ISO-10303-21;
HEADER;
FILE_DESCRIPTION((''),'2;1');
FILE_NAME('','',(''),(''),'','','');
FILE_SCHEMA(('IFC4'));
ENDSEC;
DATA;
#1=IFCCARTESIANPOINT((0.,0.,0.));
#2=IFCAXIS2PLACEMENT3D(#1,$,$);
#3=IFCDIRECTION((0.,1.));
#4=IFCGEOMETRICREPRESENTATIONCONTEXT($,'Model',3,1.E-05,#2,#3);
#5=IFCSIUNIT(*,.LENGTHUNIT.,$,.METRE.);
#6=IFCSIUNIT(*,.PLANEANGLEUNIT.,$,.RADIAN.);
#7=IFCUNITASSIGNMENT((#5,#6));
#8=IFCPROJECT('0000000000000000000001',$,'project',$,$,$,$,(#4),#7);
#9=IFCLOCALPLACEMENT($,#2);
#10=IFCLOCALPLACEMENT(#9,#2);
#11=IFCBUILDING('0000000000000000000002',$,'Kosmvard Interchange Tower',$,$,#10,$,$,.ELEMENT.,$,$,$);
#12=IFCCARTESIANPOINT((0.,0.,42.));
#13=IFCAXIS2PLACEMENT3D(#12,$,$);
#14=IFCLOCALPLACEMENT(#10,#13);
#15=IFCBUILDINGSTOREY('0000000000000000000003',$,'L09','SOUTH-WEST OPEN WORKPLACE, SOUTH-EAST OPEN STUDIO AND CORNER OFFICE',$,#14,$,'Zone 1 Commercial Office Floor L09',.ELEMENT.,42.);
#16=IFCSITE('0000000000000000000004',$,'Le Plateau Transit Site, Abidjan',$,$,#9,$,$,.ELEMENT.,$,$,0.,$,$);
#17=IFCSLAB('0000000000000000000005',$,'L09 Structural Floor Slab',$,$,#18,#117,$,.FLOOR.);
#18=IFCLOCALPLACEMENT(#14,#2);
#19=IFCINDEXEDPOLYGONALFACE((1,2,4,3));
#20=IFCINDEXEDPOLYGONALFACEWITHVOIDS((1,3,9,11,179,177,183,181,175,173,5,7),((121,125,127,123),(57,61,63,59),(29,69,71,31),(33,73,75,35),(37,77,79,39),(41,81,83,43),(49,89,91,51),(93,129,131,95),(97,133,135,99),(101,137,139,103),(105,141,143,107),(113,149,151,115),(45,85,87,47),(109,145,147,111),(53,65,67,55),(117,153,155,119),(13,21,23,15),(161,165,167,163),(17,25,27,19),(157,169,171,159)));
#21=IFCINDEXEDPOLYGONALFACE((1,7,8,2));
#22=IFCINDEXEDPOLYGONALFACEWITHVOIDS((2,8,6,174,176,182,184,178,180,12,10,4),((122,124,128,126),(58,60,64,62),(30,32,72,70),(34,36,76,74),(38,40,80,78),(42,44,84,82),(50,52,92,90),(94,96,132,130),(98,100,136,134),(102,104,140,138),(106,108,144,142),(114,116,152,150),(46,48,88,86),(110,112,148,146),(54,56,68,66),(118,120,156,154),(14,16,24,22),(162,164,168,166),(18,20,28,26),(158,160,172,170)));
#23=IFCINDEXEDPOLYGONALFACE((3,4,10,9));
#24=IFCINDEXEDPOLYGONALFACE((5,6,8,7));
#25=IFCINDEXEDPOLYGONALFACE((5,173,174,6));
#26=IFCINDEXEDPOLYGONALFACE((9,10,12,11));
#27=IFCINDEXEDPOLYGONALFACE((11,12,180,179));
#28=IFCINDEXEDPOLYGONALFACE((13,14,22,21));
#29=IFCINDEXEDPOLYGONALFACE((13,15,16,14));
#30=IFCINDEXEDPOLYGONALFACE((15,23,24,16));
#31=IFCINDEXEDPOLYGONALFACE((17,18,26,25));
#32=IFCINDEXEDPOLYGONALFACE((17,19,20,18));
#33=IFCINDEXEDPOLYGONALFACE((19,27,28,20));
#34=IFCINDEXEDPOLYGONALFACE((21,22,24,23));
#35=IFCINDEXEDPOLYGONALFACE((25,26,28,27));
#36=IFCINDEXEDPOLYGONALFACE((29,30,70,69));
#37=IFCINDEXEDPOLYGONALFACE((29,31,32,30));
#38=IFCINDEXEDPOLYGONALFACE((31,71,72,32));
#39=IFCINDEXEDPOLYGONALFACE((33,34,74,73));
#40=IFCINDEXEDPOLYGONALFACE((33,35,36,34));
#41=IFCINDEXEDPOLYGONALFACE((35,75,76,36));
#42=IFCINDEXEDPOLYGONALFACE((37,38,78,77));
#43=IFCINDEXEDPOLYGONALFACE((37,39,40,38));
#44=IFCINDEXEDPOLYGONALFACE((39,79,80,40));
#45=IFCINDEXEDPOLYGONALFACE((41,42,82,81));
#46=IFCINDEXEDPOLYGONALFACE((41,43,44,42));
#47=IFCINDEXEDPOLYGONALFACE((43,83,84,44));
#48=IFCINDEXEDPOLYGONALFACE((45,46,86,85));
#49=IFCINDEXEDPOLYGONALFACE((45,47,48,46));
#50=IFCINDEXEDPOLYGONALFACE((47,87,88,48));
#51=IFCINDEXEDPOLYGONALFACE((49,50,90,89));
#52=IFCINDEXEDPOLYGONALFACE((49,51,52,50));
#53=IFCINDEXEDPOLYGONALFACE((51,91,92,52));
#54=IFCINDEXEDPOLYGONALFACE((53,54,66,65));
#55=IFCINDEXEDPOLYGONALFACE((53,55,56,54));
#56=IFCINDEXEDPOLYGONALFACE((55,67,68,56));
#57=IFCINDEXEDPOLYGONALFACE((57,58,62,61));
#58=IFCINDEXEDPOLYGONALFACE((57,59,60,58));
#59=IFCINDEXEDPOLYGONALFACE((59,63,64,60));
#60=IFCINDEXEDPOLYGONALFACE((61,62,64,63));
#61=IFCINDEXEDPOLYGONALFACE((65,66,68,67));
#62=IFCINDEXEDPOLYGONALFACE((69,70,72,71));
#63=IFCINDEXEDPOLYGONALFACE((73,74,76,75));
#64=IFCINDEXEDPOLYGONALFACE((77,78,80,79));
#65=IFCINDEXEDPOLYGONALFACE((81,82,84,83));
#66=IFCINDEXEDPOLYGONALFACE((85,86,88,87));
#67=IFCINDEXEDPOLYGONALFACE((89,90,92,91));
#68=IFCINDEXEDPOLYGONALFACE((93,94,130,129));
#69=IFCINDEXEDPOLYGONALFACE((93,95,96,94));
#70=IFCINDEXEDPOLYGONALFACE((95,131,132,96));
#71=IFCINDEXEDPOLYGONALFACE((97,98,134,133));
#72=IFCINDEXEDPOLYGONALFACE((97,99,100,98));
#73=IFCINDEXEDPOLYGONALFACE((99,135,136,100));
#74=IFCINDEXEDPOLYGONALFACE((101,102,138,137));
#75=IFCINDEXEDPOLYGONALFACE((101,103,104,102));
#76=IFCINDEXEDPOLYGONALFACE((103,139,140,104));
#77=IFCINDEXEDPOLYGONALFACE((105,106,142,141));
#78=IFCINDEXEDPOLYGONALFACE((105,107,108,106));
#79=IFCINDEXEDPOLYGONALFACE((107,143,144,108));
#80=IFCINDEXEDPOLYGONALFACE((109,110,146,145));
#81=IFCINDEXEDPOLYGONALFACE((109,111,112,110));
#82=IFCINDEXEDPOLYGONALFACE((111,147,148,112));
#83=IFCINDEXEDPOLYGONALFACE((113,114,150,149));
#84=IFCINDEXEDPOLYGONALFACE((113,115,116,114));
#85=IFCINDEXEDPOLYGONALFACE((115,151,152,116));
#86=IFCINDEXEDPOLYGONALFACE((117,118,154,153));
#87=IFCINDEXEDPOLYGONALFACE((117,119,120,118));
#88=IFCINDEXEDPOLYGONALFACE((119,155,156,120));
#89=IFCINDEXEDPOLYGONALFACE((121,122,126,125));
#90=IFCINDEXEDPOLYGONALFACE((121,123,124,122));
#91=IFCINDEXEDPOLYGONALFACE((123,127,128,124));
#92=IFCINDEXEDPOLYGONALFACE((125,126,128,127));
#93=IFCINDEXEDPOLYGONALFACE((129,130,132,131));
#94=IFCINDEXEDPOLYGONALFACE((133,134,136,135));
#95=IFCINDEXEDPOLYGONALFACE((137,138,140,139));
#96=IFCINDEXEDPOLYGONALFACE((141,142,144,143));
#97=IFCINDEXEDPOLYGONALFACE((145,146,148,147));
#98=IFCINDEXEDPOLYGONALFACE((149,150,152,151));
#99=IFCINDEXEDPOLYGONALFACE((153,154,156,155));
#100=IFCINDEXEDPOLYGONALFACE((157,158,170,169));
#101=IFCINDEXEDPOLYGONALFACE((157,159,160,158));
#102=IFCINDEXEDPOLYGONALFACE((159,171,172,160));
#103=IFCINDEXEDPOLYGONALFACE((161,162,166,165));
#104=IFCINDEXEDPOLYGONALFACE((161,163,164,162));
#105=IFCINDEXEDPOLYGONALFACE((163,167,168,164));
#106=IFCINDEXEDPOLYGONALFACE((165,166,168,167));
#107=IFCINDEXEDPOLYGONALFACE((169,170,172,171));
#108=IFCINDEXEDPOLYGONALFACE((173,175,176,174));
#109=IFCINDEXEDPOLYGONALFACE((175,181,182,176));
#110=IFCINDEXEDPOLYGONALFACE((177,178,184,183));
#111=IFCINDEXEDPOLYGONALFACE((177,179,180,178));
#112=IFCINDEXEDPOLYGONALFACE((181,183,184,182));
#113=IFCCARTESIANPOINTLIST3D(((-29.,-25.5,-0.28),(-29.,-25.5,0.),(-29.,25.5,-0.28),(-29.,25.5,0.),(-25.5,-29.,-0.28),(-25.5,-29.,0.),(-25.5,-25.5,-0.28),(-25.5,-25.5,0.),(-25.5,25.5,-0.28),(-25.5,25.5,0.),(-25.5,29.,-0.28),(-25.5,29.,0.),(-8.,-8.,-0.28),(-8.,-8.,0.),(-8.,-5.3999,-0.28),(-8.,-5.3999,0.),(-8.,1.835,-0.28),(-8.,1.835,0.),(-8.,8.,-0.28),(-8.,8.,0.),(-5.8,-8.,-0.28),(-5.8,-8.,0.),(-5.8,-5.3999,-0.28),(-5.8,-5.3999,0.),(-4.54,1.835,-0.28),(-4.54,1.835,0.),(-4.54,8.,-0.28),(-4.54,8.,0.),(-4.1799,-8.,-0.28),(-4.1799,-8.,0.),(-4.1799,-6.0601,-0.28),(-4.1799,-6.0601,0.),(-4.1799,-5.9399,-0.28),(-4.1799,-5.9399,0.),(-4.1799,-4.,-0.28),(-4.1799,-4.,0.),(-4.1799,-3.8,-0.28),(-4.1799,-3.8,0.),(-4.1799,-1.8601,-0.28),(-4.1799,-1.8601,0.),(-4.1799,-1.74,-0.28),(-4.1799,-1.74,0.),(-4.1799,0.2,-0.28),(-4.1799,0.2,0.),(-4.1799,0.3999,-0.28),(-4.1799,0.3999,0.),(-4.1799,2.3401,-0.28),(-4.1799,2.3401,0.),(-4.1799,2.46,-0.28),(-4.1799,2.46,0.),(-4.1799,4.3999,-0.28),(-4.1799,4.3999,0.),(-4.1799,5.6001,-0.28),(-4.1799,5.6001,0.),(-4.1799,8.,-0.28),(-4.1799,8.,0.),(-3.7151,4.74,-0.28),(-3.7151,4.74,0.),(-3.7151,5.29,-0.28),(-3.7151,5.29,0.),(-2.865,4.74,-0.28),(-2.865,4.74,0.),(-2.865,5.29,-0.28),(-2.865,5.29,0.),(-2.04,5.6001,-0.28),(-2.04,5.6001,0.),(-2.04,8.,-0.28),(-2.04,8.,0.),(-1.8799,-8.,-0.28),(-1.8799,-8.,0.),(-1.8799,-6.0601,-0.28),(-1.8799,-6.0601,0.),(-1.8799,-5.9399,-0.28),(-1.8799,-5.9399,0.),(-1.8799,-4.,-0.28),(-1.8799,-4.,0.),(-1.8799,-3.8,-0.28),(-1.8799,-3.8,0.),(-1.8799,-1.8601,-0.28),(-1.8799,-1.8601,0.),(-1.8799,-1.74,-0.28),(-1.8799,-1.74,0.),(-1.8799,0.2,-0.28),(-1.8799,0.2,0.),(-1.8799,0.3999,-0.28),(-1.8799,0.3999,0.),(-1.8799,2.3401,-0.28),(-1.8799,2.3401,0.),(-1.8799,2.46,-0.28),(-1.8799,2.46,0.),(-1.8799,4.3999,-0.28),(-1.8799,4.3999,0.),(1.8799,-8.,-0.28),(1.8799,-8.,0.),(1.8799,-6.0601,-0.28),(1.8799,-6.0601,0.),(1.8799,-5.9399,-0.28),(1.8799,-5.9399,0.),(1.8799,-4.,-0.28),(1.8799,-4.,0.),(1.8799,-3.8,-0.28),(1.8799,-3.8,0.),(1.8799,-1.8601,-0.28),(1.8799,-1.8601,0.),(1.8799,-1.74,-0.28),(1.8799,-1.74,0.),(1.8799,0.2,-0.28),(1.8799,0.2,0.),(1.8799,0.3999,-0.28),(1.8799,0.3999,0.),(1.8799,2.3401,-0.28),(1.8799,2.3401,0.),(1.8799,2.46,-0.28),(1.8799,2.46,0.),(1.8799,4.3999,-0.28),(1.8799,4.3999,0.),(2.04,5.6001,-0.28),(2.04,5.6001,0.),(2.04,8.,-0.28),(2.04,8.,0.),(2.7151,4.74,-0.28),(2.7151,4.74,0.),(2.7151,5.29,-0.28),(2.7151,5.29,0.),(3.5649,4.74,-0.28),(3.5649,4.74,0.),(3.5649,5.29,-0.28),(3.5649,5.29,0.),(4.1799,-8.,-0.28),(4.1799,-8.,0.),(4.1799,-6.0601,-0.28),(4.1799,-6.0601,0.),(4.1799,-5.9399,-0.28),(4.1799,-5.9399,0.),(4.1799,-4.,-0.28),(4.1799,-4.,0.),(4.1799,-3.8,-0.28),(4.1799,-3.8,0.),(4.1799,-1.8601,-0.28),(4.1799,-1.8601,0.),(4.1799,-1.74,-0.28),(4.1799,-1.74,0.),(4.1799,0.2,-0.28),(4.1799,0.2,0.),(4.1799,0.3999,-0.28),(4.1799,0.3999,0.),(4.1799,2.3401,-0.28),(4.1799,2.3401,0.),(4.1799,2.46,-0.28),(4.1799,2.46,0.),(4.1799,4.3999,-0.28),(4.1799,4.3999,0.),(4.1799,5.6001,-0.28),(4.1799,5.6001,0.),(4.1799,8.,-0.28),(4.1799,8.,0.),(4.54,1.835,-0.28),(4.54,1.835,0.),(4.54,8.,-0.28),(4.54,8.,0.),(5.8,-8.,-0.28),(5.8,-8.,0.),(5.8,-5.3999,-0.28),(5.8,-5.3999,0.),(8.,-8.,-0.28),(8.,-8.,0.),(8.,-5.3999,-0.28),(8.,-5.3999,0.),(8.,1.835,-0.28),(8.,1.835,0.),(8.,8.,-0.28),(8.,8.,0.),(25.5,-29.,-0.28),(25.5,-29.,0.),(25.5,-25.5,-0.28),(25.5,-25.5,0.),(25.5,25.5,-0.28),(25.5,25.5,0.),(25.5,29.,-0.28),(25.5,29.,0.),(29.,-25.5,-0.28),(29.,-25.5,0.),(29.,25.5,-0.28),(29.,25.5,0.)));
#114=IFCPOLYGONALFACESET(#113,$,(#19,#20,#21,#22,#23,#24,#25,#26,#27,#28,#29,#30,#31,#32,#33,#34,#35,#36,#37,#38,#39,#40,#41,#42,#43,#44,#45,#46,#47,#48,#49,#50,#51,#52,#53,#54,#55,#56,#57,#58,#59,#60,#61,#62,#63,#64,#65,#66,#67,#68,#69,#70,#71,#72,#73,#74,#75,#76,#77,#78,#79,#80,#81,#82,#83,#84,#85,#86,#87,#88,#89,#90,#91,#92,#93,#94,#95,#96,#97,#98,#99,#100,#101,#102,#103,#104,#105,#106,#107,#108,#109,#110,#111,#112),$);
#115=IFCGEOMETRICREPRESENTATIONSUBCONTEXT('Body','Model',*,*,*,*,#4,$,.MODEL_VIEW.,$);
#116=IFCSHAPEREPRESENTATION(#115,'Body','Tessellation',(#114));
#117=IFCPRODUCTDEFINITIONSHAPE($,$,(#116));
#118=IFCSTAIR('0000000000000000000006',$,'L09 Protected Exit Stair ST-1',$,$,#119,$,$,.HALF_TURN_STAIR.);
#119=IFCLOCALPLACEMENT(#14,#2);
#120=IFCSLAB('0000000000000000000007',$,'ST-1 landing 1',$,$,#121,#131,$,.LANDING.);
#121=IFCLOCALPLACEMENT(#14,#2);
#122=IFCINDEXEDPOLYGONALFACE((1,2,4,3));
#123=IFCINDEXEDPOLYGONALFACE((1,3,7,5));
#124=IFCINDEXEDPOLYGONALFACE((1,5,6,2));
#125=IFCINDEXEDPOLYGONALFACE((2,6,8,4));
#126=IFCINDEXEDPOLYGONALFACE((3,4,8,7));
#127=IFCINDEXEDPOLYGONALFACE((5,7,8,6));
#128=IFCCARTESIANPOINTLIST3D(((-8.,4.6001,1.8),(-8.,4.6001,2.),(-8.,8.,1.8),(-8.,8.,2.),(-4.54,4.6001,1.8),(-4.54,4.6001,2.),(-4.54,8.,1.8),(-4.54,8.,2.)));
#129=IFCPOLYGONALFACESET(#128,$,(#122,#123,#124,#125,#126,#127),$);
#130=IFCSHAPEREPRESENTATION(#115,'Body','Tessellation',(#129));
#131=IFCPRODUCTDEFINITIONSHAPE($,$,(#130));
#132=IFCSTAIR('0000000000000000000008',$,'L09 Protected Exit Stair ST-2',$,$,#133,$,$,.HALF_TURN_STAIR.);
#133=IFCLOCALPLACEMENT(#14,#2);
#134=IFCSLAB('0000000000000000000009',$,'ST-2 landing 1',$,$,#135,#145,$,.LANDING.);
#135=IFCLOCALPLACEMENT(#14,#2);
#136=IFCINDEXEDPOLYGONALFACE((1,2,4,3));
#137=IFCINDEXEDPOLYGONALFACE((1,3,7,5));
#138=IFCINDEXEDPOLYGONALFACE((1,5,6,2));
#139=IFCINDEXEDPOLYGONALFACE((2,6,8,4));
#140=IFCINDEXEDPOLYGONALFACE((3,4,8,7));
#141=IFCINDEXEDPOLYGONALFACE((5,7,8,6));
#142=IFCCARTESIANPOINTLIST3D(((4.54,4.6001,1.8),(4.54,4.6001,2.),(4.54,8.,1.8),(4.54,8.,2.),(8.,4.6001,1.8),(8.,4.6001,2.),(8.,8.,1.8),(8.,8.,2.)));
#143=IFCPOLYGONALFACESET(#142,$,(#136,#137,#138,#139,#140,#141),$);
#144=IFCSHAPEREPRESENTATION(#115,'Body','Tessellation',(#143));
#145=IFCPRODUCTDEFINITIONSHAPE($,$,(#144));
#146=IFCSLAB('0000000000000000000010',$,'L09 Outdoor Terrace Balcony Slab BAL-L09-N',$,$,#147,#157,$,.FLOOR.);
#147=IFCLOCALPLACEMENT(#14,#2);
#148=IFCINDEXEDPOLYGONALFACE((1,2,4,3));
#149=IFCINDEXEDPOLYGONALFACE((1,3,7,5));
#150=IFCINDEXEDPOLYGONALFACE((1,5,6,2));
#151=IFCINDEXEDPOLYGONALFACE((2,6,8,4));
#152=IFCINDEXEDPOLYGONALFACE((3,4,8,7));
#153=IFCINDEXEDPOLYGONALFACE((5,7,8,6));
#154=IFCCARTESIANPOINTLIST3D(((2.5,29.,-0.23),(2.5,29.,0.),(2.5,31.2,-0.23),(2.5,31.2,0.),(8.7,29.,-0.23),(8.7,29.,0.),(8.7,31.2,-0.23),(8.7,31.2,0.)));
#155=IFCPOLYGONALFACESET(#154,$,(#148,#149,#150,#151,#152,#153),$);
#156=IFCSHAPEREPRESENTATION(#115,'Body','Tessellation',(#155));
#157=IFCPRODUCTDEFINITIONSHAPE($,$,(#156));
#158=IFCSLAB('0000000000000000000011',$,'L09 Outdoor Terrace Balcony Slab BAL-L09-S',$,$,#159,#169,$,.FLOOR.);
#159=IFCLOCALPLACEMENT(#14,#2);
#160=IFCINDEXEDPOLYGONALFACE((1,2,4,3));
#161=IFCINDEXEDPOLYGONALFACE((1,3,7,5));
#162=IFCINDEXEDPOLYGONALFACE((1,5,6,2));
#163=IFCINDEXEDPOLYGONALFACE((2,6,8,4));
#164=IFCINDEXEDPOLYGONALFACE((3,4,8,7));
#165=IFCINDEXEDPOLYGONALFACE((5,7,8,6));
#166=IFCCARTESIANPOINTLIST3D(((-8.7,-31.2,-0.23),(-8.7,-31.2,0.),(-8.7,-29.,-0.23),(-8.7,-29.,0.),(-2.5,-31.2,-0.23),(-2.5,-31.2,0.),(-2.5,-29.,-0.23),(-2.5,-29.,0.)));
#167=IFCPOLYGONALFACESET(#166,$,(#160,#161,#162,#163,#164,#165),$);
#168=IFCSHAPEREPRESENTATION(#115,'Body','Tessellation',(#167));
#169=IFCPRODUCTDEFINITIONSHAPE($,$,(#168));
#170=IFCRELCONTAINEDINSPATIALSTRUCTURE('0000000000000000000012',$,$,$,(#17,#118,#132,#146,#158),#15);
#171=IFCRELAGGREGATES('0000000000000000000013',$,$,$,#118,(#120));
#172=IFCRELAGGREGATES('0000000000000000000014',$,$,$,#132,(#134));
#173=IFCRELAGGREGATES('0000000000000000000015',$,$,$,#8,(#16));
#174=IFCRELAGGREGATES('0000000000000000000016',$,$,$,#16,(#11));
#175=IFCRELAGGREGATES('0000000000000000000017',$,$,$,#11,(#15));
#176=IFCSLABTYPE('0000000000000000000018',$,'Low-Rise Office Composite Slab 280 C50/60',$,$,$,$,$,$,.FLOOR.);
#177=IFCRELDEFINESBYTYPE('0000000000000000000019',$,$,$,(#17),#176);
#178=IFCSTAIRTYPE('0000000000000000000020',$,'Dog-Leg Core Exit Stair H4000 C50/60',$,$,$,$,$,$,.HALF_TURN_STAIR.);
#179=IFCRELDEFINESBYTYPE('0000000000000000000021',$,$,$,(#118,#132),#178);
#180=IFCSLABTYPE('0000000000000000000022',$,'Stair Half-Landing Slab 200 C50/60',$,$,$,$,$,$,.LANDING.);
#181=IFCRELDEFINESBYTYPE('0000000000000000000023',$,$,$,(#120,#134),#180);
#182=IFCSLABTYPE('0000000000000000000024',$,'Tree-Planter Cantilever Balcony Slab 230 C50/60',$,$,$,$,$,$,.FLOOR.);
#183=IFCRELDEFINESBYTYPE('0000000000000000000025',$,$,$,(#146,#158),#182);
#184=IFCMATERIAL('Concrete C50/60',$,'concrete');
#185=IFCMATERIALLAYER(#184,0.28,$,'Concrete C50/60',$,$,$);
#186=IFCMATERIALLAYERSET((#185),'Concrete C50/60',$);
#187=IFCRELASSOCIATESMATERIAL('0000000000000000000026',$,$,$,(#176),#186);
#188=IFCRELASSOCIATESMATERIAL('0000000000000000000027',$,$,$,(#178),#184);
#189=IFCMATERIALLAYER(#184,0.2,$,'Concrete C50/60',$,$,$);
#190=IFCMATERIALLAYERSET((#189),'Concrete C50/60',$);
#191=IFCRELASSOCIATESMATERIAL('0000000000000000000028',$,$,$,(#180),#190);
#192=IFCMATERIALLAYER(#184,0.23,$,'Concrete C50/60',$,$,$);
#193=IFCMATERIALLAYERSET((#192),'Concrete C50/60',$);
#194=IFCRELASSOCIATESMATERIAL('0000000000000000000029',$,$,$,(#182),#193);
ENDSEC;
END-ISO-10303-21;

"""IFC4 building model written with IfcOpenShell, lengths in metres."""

from ifc_helpers import new_model, si_unit, direction, frame, origin, place, context, subcontext, project, spatial, polyline, outline, extrude, material, layer, layer_set, type_object, element, aggregate, save


model = new_model("IFC4")

# Units and contexts
model_context = context("Model", 3, precision=1e-05, world=origin(), true_north=direction((0.0, 1.0)))
body_context = subcontext(model_context, "Body", "Model", "MODEL_VIEW")
ifc_project = project(units=[si_unit("LENGTHUNIT", "METRE"), si_unit("PLANEANGLEUNIT", "RADIAN")], contexts=[model_context])

# Site, building, storey
site_placement = place(None, origin())
site = spatial("IfcSite", under=ifc_project, at=site_placement, Name="Le Plateau Transit Site, Abidjan", CompositionType="ELEMENT", RefElevation=0.0)
building_placement = place(site_placement, origin())
building = spatial("IfcBuilding", under=site, at=building_placement, Name="Kosmvard Interchange Tower", CompositionType="ELEMENT")
storey_placement = place(building_placement, frame((0.0, 0.0, 42.0)))
storey = spatial("IfcBuildingStorey", under=building, at=storey_placement, Name="L09", Description="SOUTH-WEST OPEN WORKPLACE, SOUTH-EAST OPEN STUDIO AND CORNER OFFICE", LongName="Zone 1 Commercial Office Floor L09", CompositionType="ELEMENT", Elevation=42.0)

# Slab
ifc_material_1 = material(Name="Concrete C50/60", Category="concrete")
ifc_layer_1 = layer(ifc_material_1, 0.28, Name="Concrete C50/60")
ifc_layer_set_1 = layer_set([ifc_layer_1], Name="Concrete C50/60")
slab_type_1 = type_object("IfcSlabType", Name="Low-Rise Office Composite Slab 280 C50/60", PredefinedType="FLOOR", material=ifc_layer_set_1)
slab_1_placement = place(storey_placement, frame((0.0, 0.0, -0.28)))
element("IfcSlab", 1, at=slab_1_placement, inside=storey, type_object=slab_type_1, Name="L09 Structural Floor Slab", PredefinedType="FLOOR", context=body_context, shape_type="SweptSolid", body=[
    extrude(outline(polyline([(-25.5, -29.0), (25.5, -29.0), (25.5, -25.5), (29.0, -25.5), (29.0, 25.5), (25.5, 25.5), (25.5, 29.0), (-25.5, 29.0), (-25.5, 25.5), (-29.0, 25.5), (-29.0, -25.5), (-25.5, -25.5), (-25.5, -29.0)]), holes=[polyline([(-8.0, 1.835), (-4.54, 1.835), (-4.54, 8.0), (-8.0, 8.0), (-8.0, 1.835)]), polyline([(4.54, 1.835), (8.0, 1.835), (8.0, 8.0), (4.54, 8.0), (4.54, 1.835)]), polyline([(-8.0, -8.0), (-5.8, -8.0), (-5.8, -5.3999), (-8.0, -5.3999), (-8.0, -8.0)]), polyline([(5.8, -8.0), (8.0, -8.0), (8.0, -5.3999), (5.8, -5.3999), (5.8, -8.0)]), polyline([(-4.1799, -8.0), (-1.8799, -8.0), (-1.8799, -6.0601), (-4.1799, -6.0601), (-4.1799, -8.0)]), polyline([(-4.1799, -5.9399), (-1.8799, -5.9399), (-1.8799, -4.0), (-4.1799, -4.0), (-4.1799, -5.9399)]), polyline([(1.8799, -8.0), (4.1799, -8.0), (4.1799, -6.0601), (1.8799, -6.0601), (1.8799, -8.0)]), polyline([(1.8799, -5.9399), (4.1799, -5.9399), (4.1799, -4.0), (1.8799, -4.0), (1.8799, -5.9399)]), polyline([(-4.1799, -3.8), (-1.8799, -3.8), (-1.8799, -1.8601), (-4.1799, -1.8601), (-4.1799, -3.8)]), polyline([(-4.1799, -1.74), (-1.8799, -1.74), (-1.8799, 0.2), (-4.1799, 0.2), (-4.1799, -1.74)]), polyline([(1.8799, -3.8), (4.1799, -3.8), (4.1799, -1.8601), (1.8799, -1.8601), (1.8799, -3.8)]), polyline([(1.8799, -1.74), (4.1799, -1.74), (4.1799, 0.2), (1.8799, 0.2), (1.8799, -1.74)]), polyline([(-4.1799, 0.3999), (-1.8799, 0.3999), (-1.8799, 2.3401), (-4.1799, 2.3401), (-4.1799, 0.3999)]), polyline([(-4.1799, 2.46), (-1.8799, 2.46), (-1.8799, 4.3999), (-4.1799, 4.3999), (-4.1799, 2.46)]), polyline([(1.8799, 0.3999), (4.1799, 0.3999), (4.1799, 2.3401), (1.8799, 2.3401), (1.8799, 0.3999)]), polyline([(1.8799, 2.46), (4.1799, 2.46), (4.1799, 4.3999), (1.8799, 4.3999), (1.8799, 2.46)]), polyline([(-4.1799, 5.6001), (-2.04, 5.6001), (-2.04, 8.0), (-4.1799, 8.0), (-4.1799, 5.6001)]), polyline([(2.04, 5.6001), (4.1799, 5.6001), (4.1799, 8.0), (2.04, 8.0), (2.04, 5.6001)]), polyline([(-3.7151, 4.74), (-2.865, 4.74), (-2.865, 5.29), (-3.7151, 5.29), (-3.7151, 4.74)]), polyline([(2.7151, 4.74), (3.5649, 4.74), (3.5649, 5.29), (2.7151, 5.29), (2.7151, 4.74)])]), origin(), (0.0, 0.0, 1.0), 0.28),
])

# Stairs, slabs
stair_type = type_object("IfcStairType", Name="Dog-Leg Core Exit Stair H4000 C50/60", PredefinedType="HALF_TURN_STAIR", material=ifc_material_1)
stair_1_placement = place(storey_placement, origin())
stair_1 = element("IfcStair", 2, at=stair_1_placement, inside=storey, type_object=stair_type, Name="L09 Protected Exit Stair ST-1", PredefinedType="HALF_TURN_STAIR")
ifc_layer_2 = layer(ifc_material_1, 0.2, Name="Concrete C50/60")
ifc_layer_set_2 = layer_set([ifc_layer_2], Name="Concrete C50/60")
slab_type_2 = type_object("IfcSlabType", Name="Stair Half-Landing Slab 200 C50/60", PredefinedType="LANDING", material=ifc_layer_set_2)
slab_2_placement = place(storey_placement, frame((0.0, 0.0, 1.8)))
slab_2 = element("IfcSlab", 3, at=slab_2_placement, type_object=slab_type_2, Name="ST-1 landing 1", PredefinedType="LANDING", context=body_context, shape_type="SweptSolid", body=[
    extrude(outline(polyline([(-4.54, 4.6001), (-4.54, 8.0), (-8.0, 8.0), (-8.0, 4.6001), (-4.54, 4.6001)])), origin(), (0.0, 0.0, 1.0), 0.2),
])
aggregate(stair_1, [slab_2])
stair_2_placement = place(storey_placement, origin())
stair_2 = element("IfcStair", 4, at=stair_2_placement, inside=storey, type_object=stair_type, Name="L09 Protected Exit Stair ST-2", PredefinedType="HALF_TURN_STAIR")
slab_3_placement = place(storey_placement, frame((0.0, 0.0, 1.8)))
slab_3 = element("IfcSlab", 5, at=slab_3_placement, type_object=slab_type_2, Name="ST-2 landing 1", PredefinedType="LANDING", context=body_context, shape_type="SweptSolid", body=[
    extrude(outline(polyline([(8.0, 4.6001), (8.0, 8.0), (4.54, 8.0), (4.54, 4.6001), (8.0, 4.6001)])), origin(), (0.0, 0.0, 1.0), 0.2),
])
aggregate(stair_2, [slab_3])

# Slabs
ifc_layer_3 = layer(ifc_material_1, 0.23, Name="Concrete C50/60")
ifc_layer_set_3 = layer_set([ifc_layer_3], Name="Concrete C50/60")
slab_type_3 = type_object("IfcSlabType", Name="Tree-Planter Cantilever Balcony Slab 230 C50/60", PredefinedType="FLOOR", material=ifc_layer_set_3)
slab_4_placement = place(storey_placement, frame((0.0, 0.0, -0.23)))
element("IfcSlab", 6, at=slab_4_placement, inside=storey, type_object=slab_type_3, Name="L09 Outdoor Terrace Balcony Slab BAL-L09-N", PredefinedType="FLOOR", context=body_context, shape_type="SweptSolid", body=[
    extrude(outline(polyline([(2.5, 29.0), (8.7, 29.0), (8.7, 31.2), (2.5, 31.2), (2.5, 29.0)])), origin(), (0.0, 0.0, 1.0), 0.23),
])
slab_5_placement = place(storey_placement, frame((0.0, 0.0, -0.23)))
element("IfcSlab", 7, at=slab_5_placement, inside=storey, type_object=slab_type_3, Name="L09 Outdoor Terrace Balcony Slab BAL-L09-S", PredefinedType="FLOOR", context=body_context, shape_type="SweptSolid", body=[
    extrude(outline(polyline([(-8.7, -31.2), (-2.5, -31.2), (-2.5, -29.0), (-8.7, -29.0), (-8.7, -31.2)])), origin(), (0.0, 0.0, 1.0), 0.23),
])

save(model, "model.ifc")
